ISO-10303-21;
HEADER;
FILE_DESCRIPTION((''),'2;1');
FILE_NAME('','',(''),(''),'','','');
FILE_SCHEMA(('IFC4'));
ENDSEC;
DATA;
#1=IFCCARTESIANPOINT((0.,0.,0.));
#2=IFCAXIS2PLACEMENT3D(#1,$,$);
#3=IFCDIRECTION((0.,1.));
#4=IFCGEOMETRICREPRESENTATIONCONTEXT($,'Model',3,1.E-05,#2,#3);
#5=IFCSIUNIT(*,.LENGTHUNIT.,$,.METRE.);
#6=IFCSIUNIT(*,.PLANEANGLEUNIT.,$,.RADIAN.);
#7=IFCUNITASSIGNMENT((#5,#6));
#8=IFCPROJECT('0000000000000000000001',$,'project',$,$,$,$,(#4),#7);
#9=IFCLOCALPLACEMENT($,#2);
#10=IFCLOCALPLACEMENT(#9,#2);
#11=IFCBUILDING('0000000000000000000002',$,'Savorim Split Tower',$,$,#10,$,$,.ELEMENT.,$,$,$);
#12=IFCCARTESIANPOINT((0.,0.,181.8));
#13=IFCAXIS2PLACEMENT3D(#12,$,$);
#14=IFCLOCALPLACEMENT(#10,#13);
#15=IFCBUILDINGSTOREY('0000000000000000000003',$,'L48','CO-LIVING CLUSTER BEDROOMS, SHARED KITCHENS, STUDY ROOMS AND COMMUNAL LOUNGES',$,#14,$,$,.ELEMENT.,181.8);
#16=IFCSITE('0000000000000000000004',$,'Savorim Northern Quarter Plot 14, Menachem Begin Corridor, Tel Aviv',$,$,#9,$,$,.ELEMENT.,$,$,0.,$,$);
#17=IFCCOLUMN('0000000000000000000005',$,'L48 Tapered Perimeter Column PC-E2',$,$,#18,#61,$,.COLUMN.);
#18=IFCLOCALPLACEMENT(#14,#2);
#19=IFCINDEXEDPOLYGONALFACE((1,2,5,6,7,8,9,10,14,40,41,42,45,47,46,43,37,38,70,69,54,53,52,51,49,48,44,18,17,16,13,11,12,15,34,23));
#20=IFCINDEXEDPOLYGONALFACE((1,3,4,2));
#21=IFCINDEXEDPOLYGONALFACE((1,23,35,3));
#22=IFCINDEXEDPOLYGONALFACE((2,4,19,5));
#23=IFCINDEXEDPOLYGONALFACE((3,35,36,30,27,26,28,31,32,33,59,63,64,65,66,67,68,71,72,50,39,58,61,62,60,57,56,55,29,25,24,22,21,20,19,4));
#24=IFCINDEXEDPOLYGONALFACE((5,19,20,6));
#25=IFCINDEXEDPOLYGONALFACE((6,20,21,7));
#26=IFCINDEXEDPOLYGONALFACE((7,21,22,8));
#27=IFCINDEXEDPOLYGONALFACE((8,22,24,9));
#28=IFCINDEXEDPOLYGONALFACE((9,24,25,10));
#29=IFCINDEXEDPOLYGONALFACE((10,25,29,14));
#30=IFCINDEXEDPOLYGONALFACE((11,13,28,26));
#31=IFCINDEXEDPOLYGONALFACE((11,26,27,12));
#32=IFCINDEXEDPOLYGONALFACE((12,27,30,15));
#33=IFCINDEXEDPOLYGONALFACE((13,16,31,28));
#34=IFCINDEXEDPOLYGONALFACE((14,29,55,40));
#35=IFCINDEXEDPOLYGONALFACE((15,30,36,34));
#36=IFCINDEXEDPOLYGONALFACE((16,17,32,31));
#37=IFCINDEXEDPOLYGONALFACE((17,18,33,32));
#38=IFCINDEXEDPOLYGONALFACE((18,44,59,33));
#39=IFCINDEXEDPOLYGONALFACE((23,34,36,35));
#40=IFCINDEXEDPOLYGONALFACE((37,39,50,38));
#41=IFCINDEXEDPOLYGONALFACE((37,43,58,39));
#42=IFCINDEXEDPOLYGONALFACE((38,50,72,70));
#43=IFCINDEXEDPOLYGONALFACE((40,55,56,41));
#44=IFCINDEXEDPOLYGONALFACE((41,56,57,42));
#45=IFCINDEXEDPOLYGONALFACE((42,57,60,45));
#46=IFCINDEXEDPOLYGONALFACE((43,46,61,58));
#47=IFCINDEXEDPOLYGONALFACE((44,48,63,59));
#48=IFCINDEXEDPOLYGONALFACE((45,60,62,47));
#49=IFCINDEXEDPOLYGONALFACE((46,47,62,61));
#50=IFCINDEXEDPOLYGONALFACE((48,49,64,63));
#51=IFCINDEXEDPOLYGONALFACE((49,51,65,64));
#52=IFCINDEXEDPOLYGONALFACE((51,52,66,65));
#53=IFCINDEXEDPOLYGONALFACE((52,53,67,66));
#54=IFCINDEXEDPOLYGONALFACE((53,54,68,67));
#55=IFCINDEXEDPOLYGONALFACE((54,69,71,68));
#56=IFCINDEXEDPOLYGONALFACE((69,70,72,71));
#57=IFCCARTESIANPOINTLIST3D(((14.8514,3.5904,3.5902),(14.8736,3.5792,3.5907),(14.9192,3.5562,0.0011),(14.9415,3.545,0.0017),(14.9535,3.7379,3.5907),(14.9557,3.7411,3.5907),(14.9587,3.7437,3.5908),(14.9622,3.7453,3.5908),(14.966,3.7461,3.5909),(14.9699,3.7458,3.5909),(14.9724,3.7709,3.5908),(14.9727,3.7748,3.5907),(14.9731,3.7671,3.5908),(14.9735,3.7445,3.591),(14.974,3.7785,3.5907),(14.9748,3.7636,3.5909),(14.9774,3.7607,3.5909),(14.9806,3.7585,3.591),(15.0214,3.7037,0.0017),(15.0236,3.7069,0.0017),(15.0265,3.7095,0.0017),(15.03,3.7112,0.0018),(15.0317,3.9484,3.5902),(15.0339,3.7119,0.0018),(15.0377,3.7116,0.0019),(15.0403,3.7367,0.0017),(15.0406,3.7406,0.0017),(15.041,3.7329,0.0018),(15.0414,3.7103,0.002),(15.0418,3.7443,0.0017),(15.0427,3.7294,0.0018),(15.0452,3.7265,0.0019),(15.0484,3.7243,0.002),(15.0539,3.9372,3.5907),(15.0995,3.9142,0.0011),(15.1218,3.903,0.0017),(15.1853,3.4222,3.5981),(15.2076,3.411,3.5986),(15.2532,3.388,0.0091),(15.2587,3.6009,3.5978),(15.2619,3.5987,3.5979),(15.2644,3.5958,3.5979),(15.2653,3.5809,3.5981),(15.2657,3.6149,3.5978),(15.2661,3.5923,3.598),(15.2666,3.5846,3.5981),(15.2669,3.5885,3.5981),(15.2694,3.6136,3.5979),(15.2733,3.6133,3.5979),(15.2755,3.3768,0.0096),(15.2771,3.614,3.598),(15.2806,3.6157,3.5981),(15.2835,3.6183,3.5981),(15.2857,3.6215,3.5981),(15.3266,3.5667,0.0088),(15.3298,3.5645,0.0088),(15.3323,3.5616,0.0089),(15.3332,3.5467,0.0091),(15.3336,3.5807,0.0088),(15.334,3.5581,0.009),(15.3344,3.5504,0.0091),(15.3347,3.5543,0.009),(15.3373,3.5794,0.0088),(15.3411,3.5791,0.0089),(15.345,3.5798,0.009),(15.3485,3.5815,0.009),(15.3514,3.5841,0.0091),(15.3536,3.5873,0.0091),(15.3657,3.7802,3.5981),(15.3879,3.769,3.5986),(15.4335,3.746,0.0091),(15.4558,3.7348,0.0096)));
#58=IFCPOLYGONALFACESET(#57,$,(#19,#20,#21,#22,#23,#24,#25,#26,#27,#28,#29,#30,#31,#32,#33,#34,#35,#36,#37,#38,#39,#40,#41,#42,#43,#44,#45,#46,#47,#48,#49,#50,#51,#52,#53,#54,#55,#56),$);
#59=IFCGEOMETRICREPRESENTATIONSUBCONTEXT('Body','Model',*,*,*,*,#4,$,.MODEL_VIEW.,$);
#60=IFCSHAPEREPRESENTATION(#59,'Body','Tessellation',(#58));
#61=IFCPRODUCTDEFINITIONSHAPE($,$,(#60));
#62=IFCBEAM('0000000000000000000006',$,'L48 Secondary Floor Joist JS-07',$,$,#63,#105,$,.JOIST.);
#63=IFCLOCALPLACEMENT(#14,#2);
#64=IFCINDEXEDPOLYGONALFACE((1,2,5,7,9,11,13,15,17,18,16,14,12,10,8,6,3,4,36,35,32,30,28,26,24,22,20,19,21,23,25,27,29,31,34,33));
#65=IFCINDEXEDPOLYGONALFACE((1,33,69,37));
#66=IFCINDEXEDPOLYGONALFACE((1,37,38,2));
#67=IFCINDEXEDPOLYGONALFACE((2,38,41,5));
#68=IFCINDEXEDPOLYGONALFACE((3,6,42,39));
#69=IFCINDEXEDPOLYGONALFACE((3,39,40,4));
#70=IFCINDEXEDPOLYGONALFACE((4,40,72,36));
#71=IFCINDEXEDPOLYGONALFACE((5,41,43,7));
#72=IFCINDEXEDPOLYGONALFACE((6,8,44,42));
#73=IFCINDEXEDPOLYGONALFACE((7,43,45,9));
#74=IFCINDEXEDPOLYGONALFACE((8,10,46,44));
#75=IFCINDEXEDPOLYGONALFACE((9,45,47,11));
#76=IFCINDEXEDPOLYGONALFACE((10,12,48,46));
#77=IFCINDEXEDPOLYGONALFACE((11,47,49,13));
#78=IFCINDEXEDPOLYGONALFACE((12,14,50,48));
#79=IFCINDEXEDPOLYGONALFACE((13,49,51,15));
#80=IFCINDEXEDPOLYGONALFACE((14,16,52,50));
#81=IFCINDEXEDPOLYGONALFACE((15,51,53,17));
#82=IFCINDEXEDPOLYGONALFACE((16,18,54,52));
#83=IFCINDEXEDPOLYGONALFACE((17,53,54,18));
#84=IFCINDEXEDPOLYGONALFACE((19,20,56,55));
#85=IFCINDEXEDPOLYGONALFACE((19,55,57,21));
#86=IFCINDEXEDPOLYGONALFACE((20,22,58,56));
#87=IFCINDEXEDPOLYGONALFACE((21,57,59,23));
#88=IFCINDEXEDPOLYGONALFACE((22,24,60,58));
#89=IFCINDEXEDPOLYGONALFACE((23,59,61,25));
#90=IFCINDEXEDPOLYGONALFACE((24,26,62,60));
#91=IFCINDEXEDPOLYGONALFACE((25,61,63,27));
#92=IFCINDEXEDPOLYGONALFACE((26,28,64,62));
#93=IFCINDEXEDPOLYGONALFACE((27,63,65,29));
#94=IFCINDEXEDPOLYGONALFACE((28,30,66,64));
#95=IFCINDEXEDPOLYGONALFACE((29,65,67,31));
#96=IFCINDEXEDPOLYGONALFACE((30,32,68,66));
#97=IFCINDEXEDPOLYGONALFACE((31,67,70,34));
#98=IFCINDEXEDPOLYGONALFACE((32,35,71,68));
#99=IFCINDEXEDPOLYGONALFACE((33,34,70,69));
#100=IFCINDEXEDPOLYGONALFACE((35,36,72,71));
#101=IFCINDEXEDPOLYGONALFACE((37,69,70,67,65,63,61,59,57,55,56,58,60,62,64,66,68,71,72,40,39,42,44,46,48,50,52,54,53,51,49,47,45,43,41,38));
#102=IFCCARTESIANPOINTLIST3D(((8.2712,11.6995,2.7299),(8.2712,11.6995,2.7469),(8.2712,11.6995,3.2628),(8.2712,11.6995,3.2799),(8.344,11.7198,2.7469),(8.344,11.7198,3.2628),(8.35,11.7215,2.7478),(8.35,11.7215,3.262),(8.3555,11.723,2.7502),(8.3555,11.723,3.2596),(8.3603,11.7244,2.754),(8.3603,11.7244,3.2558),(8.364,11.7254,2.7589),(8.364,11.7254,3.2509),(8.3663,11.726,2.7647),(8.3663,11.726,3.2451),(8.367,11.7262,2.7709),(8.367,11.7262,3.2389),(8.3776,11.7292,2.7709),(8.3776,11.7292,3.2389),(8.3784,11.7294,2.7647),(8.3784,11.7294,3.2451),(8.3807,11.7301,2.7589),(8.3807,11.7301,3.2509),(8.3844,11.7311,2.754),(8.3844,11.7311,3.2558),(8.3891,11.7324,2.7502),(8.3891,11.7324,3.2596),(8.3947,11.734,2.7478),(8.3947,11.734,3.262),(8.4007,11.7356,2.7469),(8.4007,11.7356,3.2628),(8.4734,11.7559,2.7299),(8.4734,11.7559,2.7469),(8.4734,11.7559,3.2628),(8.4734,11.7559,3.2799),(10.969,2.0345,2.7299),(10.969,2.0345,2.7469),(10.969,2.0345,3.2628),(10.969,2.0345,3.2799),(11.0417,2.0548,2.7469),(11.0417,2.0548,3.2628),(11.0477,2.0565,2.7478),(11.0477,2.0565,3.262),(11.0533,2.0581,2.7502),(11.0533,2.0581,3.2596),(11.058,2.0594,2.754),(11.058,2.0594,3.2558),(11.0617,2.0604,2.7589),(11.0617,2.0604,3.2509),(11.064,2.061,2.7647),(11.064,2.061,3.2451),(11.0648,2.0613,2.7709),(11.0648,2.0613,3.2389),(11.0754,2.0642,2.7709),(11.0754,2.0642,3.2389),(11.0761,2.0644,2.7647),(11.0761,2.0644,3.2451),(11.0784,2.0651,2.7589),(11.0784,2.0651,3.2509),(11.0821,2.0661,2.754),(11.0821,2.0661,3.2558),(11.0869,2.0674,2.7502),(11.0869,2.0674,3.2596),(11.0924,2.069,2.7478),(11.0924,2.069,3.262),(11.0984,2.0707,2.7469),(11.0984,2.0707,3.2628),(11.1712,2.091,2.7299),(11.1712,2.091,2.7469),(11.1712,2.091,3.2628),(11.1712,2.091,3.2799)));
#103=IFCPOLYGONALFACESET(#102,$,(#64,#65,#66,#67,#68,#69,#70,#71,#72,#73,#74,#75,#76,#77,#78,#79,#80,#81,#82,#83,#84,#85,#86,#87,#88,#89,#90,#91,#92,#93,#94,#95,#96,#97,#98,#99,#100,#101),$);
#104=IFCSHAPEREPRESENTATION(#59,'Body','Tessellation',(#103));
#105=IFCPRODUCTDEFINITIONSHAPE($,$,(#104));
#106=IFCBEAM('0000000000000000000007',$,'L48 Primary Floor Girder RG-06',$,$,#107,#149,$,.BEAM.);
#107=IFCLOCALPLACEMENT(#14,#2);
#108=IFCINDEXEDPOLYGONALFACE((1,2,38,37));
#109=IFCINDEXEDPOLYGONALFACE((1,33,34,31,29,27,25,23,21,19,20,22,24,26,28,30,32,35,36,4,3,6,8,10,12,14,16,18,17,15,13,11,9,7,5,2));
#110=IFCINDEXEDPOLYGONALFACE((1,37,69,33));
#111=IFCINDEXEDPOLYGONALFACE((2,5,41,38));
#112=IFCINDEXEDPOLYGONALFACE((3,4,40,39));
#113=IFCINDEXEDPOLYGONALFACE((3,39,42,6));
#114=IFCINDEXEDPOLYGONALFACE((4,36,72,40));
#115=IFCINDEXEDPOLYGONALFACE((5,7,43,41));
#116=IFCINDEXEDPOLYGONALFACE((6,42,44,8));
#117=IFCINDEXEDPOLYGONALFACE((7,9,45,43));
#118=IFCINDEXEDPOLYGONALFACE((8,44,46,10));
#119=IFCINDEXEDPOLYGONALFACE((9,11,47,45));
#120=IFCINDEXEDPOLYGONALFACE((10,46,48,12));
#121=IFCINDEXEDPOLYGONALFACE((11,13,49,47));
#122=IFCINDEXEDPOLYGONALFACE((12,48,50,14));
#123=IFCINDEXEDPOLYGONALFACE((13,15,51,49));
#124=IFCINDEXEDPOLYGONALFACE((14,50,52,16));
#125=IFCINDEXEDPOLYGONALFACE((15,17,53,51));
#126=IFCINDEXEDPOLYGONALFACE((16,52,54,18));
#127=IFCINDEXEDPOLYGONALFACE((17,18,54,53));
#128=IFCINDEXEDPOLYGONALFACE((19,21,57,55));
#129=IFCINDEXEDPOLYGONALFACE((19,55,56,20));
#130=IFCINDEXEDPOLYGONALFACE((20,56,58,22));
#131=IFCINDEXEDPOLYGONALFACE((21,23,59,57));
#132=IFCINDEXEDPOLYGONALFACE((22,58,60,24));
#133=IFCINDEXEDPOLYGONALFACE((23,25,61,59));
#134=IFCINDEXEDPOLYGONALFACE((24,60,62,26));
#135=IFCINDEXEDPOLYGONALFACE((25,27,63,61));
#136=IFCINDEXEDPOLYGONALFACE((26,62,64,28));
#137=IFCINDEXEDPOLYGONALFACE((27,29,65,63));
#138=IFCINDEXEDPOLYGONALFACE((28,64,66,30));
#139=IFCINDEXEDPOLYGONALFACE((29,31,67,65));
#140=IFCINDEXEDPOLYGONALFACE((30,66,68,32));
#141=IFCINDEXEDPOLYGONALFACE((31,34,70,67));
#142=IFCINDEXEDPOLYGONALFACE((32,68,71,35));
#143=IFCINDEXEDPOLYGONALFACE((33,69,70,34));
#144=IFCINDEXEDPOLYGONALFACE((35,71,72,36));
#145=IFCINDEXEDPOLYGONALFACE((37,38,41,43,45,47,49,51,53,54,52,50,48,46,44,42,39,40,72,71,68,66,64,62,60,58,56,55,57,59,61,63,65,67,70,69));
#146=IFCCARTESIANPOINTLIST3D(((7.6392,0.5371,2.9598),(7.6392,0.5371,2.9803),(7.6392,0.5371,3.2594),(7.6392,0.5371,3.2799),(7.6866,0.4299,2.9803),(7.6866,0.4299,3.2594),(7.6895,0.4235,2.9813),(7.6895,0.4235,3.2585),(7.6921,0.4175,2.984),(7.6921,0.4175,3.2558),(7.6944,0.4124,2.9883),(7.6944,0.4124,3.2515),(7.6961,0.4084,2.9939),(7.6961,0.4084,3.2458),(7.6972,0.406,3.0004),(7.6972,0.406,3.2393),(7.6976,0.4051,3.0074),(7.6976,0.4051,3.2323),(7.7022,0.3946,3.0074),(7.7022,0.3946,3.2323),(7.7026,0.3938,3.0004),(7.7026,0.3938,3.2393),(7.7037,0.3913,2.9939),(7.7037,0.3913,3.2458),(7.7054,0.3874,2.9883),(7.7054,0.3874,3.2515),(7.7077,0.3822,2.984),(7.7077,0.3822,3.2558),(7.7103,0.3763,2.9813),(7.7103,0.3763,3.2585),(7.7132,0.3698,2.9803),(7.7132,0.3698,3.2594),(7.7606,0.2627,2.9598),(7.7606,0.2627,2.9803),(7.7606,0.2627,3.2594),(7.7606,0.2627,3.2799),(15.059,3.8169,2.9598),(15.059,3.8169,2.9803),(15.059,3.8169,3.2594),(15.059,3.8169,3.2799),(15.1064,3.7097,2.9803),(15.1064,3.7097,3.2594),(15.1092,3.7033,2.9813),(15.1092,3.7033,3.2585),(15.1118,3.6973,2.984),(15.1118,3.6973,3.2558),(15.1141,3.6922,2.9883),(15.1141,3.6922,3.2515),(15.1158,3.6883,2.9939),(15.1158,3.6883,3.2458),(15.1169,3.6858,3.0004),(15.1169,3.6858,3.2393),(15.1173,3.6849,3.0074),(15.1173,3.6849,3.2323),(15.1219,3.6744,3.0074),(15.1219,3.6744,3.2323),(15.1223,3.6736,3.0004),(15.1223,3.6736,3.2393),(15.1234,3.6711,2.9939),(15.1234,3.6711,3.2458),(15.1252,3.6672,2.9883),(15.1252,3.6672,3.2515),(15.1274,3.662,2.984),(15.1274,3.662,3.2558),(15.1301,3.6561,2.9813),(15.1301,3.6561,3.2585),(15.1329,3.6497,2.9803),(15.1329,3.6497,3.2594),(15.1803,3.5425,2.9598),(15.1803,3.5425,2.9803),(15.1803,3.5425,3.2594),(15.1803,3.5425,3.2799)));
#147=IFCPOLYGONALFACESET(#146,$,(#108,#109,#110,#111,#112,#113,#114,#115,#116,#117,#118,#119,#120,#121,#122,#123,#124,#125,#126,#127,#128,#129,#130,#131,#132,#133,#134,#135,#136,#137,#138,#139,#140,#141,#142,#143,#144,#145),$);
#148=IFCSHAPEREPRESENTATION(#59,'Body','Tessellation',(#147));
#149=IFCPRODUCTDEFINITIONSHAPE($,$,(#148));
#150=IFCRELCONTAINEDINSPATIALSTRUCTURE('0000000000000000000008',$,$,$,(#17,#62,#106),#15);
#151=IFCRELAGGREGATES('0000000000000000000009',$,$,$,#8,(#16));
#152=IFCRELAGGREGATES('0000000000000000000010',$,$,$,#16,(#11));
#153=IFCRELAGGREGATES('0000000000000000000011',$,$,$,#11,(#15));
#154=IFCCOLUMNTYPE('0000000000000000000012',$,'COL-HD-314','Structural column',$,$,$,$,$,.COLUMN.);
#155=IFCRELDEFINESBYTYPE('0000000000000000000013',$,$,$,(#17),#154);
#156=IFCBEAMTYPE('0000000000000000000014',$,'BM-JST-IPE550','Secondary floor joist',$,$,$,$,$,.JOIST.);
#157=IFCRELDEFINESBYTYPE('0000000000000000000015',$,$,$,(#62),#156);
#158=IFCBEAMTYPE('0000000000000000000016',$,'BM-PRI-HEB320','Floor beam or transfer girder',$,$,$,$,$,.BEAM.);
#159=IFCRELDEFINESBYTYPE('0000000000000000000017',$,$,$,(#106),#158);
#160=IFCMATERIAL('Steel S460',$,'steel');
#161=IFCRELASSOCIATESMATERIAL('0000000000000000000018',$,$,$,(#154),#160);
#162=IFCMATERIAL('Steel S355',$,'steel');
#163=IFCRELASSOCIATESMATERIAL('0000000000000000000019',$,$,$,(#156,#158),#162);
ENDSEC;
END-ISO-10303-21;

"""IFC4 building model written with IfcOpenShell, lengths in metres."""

from ifc_helpers import new_model, si_unit, direction, frame, origin, origin_2d, place, context, subcontext, project, spatial, i_section, extrude, material, material_profile, profile_set, type_object, element, save


model = new_model("IFC4")

# Units and contexts
model_context = context("Model", 3, precision=1e-05, world=origin(), true_north=direction((0.0, 1.0)))
body_context = subcontext(model_context, "Body", "Model", "MODEL_VIEW")
ifc_project = project(units=[si_unit("LENGTHUNIT", "METRE"), si_unit("PLANEANGLEUNIT", "RADIAN")], contexts=[model_context])

# Site, building, storey
site_placement = place(None, origin())
site = spatial("IfcSite", under=ifc_project, at=site_placement, Name="Savorim Northern Quarter Plot 14, Menachem Begin Corridor, Tel Aviv", CompositionType="ELEMENT", RefElevation=0.0)
building_placement = place(site_placement, origin())
building = spatial("IfcBuilding", under=site, at=building_placement, Name="Savorim Split Tower", CompositionType="ELEMENT")
storey_placement = place(building_placement, frame((0.0, 0.0, 181.8)))
storey = spatial("IfcBuildingStorey", under=building, at=storey_placement, Name="L48", Description="CO-LIVING CLUSTER BEDROOMS, SHARED KITCHENS, STUDY ROOMS AND COMMUNAL LOUNGES", CompositionType="ELEMENT", Elevation=181.8)

# Column
ifc_material_1 = material(Name="Steel S460", Category="steel")
ifc_material_profile_1 = material_profile(ifc_material_1, i_section(OverallWidth=0.4009, OverallDepth=0.3989, WebThickness=0.0156, FlangeThickness=0.0249, FilletRadius=0.0149, at=origin_2d()), Name="HD 400x314")
ifc_profile_set_1 = profile_set([ifc_material_profile_1], Name="Steel S460")
column_type = type_object("IfcColumnType", Name="COL-HD-314", Description="Structural column", PredefinedType="COLUMN", material=ifc_profile_set_1)
column_placement = place(storey_placement, frame((15.1875, 3.6455, 0.0054), z_axis=(-0.018906, 0.009521, 0.999776), x_axis=(-0.449782, -0.893138, 0.0)))
element("IfcColumn", 1, at=column_placement, inside=storey, type_object=column_type, Name="L48 Tapered Perimeter Column PC-E2", PredefinedType="COLUMN", context=body_context, shape_type="SweptSolid", body=[
    extrude(i_section(OverallWidth=0.4009, OverallDepth=0.3989, WebThickness=0.0156, FlangeThickness=0.0249, FilletRadius=0.0149, at=origin_2d()), origin(), (0.0, 0.0, 1.0), 3.5898),
])

# Beams
ifc_material_2 = material(Name="Steel S355", Category="steel")
ifc_material_profile_2 = material_profile(ifc_material_2, i_section(OverallWidth=0.21, OverallDepth=0.55, WebThickness=0.011, FlangeThickness=0.0171, FilletRadius=0.0239, at=origin_2d()), Name="IPE 550")
ifc_profile_set_2 = profile_set([ifc_material_profile_2], Name="Steel S355")
beam_type_1 = type_object("IfcBeamType", Name="BM-JST-IPE550", Description="Secondary floor joist", PredefinedType="JOIST", material=ifc_profile_set_2)
beam_1_placement = place(storey_placement, frame((11.0701, 2.0627, 3.0049), z_axis=(-0.268848, 0.963183, 0.0), x_axis=(-0.963183, -0.268848, 0.0)))
element("IfcBeam", 2, at=beam_1_placement, inside=storey, type_object=beam_type_1, Name="L48 Secondary Floor Joist JS-07", PredefinedType="JOIST", context=body_context, shape_type="SweptSolid", body=[
    extrude(i_section(OverallWidth=0.21, OverallDepth=0.55, WebThickness=0.011, FlangeThickness=0.0171, FilletRadius=0.0239, at=origin_2d()), origin(), (0.0, 0.0, 1.0), 10.0344),
])
ifc_material_profile_3 = material_profile(ifc_material_2, i_section(OverallWidth=0.3, OverallDepth=0.3201, WebThickness=0.0115, FlangeThickness=0.0205, FilletRadius=0.0271, at=origin_2d()), Name="HEB 320")
ifc_profile_set_3 = profile_set([ifc_material_profile_3], Name="Steel S355")
beam_type_2 = type_object("IfcBeamType", Name="BM-PRI-HEB320", Description="Floor beam or transfer girder", PredefinedType="BEAM", material=ifc_profile_set_3)
beam_2_placement = place(storey_placement, frame((15.1196, 3.6797, 3.1199), z_axis=(-0.914626, -0.4043, 0.0), x_axis=(0.4043, -0.914626, 0.0)))
element("IfcBeam", 3, at=beam_2_placement, inside=storey, type_object=beam_type_2, Name="L48 Primary Floor Girder RG-06", PredefinedType="BEAM", context=body_context, shape_type="SweptSolid", body=[
    extrude(i_section(OverallWidth=0.3, OverallDepth=0.3201, WebThickness=0.0115, FlangeThickness=0.0205, FilletRadius=0.0271, at=origin_2d()), origin(), (0.0, 0.0, 1.0), 8.1123),
])

save(model, "model.ifc")
